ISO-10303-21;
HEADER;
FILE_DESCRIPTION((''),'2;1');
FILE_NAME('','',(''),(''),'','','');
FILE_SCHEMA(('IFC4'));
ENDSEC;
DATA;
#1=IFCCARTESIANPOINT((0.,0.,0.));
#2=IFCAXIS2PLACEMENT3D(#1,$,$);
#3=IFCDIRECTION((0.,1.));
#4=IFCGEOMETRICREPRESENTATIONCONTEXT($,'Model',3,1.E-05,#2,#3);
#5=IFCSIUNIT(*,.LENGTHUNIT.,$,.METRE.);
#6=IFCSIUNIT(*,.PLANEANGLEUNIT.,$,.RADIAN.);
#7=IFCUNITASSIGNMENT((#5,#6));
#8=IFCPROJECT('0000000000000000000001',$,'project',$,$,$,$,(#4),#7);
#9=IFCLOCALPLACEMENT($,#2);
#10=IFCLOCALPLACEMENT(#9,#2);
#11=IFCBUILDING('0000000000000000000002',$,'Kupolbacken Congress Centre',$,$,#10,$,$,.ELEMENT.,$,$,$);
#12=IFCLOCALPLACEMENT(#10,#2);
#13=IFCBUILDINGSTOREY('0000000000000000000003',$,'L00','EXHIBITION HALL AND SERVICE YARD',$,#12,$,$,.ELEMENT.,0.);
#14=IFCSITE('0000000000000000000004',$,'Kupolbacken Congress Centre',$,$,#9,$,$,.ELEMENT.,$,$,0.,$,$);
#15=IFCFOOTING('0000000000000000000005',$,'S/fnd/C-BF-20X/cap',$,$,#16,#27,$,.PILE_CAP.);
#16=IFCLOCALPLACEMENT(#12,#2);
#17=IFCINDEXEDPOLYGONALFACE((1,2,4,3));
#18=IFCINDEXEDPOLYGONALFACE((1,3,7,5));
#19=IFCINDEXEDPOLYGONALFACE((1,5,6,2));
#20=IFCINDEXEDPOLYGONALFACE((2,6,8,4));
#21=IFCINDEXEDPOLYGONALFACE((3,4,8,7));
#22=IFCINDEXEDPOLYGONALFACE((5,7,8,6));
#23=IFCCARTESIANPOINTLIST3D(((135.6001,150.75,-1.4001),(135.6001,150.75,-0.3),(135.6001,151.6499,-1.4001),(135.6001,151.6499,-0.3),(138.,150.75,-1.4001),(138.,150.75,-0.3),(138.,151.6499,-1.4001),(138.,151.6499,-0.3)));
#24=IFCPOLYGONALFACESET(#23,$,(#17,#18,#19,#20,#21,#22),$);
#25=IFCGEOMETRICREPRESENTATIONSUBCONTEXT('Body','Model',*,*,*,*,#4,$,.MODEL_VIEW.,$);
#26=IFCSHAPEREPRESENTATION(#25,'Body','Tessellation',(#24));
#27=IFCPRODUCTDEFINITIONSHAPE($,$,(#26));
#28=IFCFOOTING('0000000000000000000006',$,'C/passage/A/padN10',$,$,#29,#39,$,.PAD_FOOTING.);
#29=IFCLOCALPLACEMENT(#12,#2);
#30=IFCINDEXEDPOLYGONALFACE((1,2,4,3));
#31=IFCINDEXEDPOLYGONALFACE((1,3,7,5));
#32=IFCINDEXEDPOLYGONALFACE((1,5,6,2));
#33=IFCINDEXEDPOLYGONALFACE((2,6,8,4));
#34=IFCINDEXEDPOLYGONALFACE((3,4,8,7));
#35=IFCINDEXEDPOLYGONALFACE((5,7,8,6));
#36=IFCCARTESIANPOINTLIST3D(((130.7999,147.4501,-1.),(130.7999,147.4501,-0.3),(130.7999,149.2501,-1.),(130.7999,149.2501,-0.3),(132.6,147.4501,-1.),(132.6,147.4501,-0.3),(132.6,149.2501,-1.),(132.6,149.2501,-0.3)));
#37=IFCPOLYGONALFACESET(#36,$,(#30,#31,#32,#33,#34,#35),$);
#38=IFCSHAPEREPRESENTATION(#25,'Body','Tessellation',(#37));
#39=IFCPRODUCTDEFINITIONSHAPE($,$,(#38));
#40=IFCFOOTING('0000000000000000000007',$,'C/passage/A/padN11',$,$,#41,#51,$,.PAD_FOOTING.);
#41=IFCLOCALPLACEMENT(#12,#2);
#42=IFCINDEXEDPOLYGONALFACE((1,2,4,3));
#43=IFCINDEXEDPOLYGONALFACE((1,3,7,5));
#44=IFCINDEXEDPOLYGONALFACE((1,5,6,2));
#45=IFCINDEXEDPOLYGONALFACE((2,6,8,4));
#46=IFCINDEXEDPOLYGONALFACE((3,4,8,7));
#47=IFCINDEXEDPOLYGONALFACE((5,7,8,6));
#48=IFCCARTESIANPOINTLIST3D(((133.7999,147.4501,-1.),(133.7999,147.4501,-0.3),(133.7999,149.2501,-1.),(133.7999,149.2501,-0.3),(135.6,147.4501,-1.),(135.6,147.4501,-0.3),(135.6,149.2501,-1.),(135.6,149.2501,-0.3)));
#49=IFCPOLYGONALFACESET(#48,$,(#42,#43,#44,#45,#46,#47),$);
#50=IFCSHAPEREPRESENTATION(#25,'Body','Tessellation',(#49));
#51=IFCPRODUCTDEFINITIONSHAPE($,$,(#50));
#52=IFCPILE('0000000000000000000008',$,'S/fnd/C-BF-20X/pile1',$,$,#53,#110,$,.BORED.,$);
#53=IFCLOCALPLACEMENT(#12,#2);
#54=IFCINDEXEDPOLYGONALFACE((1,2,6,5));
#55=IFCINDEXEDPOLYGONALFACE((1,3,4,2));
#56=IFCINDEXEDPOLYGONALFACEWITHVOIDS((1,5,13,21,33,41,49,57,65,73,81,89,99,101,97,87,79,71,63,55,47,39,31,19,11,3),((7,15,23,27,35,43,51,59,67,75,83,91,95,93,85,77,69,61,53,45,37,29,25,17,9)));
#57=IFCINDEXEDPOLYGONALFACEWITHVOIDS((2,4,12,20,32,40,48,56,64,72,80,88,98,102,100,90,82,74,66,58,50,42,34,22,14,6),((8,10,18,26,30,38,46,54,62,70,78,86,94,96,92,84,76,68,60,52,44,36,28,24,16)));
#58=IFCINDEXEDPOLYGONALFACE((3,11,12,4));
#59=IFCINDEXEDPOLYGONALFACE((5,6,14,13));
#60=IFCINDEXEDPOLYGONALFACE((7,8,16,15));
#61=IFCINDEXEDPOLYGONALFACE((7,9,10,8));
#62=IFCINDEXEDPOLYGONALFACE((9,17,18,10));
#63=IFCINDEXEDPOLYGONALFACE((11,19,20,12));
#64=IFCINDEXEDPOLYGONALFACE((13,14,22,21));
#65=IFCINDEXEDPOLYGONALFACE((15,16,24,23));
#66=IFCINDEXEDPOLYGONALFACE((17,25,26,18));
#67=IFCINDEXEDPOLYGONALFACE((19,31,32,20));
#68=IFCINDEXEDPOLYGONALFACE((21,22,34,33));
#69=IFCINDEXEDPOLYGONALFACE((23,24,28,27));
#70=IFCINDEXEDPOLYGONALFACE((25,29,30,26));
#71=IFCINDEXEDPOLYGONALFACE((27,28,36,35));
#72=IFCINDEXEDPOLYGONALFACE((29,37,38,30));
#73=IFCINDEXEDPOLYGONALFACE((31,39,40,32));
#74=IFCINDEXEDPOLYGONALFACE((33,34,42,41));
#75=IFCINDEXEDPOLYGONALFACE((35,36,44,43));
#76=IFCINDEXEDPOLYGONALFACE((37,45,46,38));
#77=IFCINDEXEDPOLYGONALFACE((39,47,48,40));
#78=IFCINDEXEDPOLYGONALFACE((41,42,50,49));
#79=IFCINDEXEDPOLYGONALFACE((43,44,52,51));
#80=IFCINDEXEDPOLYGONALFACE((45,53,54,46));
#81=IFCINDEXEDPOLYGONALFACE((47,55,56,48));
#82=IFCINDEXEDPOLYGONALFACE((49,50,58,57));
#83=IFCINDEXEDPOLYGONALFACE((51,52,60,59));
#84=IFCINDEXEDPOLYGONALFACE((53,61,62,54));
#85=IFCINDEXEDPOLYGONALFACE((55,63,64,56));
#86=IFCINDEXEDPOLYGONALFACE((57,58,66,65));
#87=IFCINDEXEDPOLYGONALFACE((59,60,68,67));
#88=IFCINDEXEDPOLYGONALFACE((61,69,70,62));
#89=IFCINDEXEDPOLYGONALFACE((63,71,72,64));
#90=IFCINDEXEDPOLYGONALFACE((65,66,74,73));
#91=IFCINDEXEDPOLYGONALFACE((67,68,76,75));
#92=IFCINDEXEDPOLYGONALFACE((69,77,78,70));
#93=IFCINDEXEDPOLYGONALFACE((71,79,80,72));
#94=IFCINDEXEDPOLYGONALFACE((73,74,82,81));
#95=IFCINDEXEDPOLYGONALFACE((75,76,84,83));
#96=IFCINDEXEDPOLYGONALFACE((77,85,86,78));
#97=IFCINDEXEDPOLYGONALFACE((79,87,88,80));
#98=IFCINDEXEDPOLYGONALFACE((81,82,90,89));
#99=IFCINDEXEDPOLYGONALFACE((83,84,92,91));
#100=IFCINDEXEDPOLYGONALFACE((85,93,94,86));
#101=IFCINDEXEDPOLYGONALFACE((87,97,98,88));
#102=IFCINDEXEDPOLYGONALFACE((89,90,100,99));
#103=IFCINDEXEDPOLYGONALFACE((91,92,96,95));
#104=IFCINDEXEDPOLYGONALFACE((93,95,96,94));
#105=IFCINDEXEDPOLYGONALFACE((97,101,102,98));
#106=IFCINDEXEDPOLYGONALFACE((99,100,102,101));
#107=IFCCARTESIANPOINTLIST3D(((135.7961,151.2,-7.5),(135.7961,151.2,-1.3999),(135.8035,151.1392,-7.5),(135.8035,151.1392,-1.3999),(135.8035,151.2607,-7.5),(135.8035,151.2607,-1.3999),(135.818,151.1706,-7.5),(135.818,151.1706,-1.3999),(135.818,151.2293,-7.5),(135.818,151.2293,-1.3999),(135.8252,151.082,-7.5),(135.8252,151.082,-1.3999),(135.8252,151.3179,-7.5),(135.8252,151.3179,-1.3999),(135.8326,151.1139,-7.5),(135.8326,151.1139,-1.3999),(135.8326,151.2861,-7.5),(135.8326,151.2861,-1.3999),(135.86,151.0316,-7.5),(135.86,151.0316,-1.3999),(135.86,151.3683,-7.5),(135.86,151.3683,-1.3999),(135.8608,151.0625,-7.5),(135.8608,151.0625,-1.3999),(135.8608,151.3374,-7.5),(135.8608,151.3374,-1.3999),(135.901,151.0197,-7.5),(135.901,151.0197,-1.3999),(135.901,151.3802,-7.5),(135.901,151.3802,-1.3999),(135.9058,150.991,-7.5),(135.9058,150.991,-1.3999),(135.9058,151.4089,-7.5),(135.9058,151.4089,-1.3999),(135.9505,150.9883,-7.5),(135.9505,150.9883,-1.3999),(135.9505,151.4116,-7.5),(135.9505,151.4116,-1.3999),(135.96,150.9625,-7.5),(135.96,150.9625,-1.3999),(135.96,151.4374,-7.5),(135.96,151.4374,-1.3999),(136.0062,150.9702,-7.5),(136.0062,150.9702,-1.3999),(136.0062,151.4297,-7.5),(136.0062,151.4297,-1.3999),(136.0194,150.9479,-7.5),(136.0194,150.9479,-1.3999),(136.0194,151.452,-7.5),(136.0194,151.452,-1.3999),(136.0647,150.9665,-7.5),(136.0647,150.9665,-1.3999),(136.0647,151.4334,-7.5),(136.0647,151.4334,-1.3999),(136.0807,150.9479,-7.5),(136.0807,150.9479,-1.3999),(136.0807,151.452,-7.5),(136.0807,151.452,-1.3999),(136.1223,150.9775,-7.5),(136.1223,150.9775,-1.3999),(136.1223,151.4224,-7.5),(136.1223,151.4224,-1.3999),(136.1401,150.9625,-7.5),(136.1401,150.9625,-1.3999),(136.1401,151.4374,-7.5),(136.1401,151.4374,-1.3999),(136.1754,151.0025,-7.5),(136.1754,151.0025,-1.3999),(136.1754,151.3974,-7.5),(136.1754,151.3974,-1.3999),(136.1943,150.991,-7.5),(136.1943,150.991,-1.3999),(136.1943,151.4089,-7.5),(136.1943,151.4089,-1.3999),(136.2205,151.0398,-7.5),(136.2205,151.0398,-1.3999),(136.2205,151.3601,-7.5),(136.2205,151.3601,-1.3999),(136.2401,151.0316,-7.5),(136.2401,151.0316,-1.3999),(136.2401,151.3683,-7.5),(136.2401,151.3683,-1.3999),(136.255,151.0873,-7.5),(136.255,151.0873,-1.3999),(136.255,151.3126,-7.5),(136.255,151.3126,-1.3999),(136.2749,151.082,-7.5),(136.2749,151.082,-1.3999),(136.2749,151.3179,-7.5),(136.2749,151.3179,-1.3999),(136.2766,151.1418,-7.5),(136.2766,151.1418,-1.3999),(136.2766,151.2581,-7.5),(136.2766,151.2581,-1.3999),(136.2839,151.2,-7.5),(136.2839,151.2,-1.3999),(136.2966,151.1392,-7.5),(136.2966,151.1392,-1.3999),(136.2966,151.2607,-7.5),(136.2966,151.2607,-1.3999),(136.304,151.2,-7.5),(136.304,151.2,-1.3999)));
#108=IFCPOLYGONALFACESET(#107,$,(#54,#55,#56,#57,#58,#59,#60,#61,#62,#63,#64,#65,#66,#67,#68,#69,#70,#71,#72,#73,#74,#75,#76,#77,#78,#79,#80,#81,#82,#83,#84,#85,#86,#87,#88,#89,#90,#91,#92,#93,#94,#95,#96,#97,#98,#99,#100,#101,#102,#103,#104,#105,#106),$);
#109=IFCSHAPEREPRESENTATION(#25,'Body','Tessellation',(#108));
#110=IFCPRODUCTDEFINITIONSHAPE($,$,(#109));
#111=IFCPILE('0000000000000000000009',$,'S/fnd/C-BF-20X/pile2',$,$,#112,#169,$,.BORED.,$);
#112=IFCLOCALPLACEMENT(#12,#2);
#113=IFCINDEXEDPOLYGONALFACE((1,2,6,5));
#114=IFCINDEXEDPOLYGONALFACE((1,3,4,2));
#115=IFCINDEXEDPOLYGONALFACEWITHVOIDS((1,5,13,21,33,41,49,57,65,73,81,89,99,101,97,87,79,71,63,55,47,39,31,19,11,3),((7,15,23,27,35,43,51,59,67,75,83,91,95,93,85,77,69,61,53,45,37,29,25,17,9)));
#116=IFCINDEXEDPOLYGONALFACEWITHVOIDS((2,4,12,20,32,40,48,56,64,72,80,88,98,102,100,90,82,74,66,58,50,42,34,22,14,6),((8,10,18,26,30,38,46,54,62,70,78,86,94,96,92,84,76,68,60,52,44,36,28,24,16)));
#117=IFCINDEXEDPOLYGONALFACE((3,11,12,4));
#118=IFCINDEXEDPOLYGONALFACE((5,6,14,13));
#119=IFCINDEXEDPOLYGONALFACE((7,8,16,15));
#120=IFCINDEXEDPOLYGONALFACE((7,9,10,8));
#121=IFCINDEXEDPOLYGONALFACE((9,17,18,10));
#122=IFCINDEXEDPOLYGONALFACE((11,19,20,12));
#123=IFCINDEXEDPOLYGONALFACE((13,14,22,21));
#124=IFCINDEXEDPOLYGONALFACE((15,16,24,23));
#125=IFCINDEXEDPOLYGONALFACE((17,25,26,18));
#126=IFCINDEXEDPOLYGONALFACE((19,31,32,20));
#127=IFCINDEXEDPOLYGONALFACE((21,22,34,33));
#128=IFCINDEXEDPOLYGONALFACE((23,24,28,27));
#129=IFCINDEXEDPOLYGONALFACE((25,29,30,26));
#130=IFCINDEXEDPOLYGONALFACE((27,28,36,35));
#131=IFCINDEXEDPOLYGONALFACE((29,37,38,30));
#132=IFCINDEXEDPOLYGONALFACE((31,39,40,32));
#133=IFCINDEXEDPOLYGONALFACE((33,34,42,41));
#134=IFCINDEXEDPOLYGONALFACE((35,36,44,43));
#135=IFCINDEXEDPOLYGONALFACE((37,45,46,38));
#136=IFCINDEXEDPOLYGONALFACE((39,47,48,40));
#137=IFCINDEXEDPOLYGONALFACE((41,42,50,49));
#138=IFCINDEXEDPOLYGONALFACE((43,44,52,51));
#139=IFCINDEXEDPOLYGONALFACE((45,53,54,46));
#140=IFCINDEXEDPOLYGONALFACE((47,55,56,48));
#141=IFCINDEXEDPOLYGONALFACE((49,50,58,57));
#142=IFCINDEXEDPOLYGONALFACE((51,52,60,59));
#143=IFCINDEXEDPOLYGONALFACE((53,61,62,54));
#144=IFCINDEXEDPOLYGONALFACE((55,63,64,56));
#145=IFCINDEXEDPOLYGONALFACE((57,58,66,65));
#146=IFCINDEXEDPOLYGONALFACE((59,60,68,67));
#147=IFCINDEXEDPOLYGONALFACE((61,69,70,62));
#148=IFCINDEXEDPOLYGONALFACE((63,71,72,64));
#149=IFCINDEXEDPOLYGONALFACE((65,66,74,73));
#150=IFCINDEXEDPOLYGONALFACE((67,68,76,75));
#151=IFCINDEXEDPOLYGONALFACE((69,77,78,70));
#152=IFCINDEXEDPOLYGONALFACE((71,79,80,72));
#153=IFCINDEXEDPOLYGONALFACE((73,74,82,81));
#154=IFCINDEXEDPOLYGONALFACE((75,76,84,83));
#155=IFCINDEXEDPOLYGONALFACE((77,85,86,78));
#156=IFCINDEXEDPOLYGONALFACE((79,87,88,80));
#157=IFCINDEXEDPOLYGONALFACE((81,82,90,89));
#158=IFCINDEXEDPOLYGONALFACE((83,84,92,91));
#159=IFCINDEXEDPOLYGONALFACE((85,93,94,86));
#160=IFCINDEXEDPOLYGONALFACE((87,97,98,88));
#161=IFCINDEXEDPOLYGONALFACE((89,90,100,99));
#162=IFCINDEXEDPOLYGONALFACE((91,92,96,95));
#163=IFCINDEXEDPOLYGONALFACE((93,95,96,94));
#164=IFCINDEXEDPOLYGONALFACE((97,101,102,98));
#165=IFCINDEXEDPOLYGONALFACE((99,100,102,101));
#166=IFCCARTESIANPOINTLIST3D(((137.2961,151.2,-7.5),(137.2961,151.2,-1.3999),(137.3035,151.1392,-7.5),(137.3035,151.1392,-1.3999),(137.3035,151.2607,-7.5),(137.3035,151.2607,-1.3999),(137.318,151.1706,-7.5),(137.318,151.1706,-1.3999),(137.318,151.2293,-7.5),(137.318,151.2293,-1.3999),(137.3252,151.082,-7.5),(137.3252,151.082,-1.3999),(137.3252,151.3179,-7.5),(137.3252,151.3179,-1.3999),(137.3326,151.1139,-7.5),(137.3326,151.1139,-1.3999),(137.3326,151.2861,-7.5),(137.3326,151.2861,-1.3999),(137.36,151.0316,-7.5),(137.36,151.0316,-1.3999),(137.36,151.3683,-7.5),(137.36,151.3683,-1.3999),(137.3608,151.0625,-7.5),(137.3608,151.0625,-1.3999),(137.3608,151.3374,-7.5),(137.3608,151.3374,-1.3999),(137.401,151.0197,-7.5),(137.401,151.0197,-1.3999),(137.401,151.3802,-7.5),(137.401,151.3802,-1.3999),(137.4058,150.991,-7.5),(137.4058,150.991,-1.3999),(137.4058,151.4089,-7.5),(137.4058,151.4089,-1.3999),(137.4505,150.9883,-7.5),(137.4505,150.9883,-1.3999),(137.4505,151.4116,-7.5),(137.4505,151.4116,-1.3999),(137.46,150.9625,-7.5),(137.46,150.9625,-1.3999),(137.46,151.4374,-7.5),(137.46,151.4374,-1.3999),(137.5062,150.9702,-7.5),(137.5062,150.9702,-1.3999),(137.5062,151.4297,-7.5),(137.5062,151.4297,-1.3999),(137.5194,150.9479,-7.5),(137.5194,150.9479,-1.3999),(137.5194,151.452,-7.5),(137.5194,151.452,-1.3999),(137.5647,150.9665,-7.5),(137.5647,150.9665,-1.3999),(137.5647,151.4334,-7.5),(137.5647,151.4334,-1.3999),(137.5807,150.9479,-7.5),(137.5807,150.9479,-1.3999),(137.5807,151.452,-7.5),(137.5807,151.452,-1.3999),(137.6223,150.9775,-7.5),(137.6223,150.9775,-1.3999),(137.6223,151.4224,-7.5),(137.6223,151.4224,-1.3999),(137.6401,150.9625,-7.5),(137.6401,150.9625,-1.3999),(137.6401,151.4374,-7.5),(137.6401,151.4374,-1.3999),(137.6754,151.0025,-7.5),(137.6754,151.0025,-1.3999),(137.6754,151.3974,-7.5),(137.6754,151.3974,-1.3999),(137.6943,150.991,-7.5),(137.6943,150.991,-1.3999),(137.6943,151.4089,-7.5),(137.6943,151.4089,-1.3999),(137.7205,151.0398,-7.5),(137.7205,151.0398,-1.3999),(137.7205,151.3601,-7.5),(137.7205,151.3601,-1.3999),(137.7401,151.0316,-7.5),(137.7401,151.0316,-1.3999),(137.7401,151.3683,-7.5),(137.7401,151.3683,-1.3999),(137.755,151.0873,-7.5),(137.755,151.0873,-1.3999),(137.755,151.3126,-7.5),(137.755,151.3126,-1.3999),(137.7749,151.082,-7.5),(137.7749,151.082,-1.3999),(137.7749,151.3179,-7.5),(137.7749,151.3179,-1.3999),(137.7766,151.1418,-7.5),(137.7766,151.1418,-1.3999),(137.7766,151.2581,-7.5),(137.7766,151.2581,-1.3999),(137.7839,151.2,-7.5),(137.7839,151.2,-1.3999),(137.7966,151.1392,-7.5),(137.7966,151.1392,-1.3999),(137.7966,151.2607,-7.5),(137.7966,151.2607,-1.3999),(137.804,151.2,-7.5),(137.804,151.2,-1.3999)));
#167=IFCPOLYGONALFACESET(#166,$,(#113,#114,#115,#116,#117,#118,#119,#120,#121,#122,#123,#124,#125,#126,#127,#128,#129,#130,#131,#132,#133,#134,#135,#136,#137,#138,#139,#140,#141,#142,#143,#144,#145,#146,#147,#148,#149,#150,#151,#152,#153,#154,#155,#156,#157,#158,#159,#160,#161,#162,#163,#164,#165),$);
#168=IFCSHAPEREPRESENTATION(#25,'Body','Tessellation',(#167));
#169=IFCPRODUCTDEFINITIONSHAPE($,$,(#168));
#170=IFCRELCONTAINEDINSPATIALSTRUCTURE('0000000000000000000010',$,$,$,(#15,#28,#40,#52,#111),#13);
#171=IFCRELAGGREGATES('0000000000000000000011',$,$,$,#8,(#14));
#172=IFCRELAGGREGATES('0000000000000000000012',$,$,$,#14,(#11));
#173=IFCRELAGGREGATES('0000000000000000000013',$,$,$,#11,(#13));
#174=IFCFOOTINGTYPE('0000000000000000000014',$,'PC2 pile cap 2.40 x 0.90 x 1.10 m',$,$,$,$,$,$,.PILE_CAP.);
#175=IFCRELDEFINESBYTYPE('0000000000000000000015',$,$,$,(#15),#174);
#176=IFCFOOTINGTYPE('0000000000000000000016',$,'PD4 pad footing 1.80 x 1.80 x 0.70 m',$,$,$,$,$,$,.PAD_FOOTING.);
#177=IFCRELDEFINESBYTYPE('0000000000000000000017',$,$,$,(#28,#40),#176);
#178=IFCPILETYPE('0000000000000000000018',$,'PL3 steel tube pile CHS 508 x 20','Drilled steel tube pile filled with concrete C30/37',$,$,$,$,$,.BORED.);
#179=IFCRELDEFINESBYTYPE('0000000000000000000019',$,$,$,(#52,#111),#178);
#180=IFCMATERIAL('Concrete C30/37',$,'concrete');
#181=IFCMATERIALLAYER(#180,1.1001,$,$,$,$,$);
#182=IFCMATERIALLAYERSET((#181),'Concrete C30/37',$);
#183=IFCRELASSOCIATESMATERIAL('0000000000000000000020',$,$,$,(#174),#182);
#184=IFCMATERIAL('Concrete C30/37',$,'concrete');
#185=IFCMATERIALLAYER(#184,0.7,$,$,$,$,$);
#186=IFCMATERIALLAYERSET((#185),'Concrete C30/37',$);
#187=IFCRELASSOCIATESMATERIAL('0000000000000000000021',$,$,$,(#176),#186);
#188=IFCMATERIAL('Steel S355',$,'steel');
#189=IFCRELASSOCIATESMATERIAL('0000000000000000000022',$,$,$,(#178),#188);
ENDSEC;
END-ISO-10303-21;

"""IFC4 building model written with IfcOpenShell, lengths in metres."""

from ifc_helpers import new_model, si_unit, direction, frame, origin, origin_2d, place, context, subcontext, project, spatial, rectangle, hollow_circle, extrude, material, layer, layer_set, material_profile, profile_set, type_object, element, save


model = new_model("IFC4")

# Units and contexts
model_context = context("Model", 3, precision=1e-05, world=origin(), true_north=direction((0.0, 1.0)))
body_context = subcontext(model_context, "Body", "Model", "MODEL_VIEW")
ifc_project = project(units=[si_unit("LENGTHUNIT", "METRE"), si_unit("PLANEANGLEUNIT", "RADIAN")], contexts=[model_context])

# Site, building, storey
site_placement = place(None, origin())
site = spatial("IfcSite", under=ifc_project, at=site_placement, Name="Kupolbacken Congress Centre", CompositionType="ELEMENT", RefElevation=0.0)
building_placement = place(site_placement, origin())
building = spatial("IfcBuilding", under=site, at=building_placement, Name="Kupolbacken Congress Centre", CompositionType="ELEMENT")
storey_placement = place(building_placement, origin())
storey = spatial("IfcBuildingStorey", under=building, at=storey_placement, Name="L00", Description="EXHIBITION HALL AND SERVICE YARD", CompositionType="ELEMENT", Elevation=0.0)

# Footings
ifc_material_1 = material(Name="Concrete C30/37", Category="concrete")
ifc_layer_1 = layer(ifc_material_1, 1.1001)
ifc_layer_set_1 = layer_set([ifc_layer_1], Name="Concrete C30/37")
footing_type_1 = type_object("IfcFootingType", Name="PC2 pile cap 2.40 x 0.90 x 1.10 m", PredefinedType="PILE_CAP", material=ifc_layer_set_1)
footing_1_placement = place(storey_placement, frame((136.8, 151.2, -1.4001), z_axis=(0.0, 0.0, 1.0), x_axis=(1.0, 0.0, 0.0)))
element("IfcFooting", 1, at=footing_1_placement, inside=storey, type_object=footing_type_1, Name="S/fnd/C-BF-20X/cap", PredefinedType="PILE_CAP", context=body_context, shape_type="SweptSolid", body=[
    extrude(rectangle(XDim=2.3999, YDim=0.8999, at=origin_2d()), origin(), (0.0, 0.0, 1.0), 1.1001),
])
ifc_material_2 = material(Name="Concrete C30/37", Category="concrete")
ifc_layer_2 = layer(ifc_material_2, 0.7)
ifc_layer_set_2 = layer_set([ifc_layer_2], Name="Concrete C30/37")
footing_type_2 = type_object("IfcFootingType", Name="PD4 pad footing 1.80 x 1.80 x 0.70 m", PredefinedType="PAD_FOOTING", material=ifc_layer_set_2)
for number, where, z_axis, x_axis, name in (
    (2, (131.7, 148.3501, -1.0), (0.0, 0.0, 1.0), (1.0, 0.0, 0.0), "C/passage/A/padN10"),
    (3, (134.7, 148.3501, -1.0), (0.0, 0.0, 1.0), (1.0, 0.0, 0.0), "C/passage/A/padN11"),
):
    element("IfcFooting", number, at=place(storey_placement, frame(where, z_axis=z_axis, x_axis=x_axis)), inside=storey, type_object=footing_type_2, Name=name, PredefinedType="PAD_FOOTING", context=body_context, shape_type="SweptSolid", body=[
        extrude(rectangle(XDim=1.8, YDim=1.8, at=origin_2d()), origin(), (0.0, 0.0, 1.0), 0.7),
    ])

# Piles
ifc_material_3 = material(Name="Steel S355", Category="steel")
ifc_material_profile_1 = material_profile(ifc_material_3, hollow_circle(Radius=0.2539, WallThickness=0.02, at=origin_2d()), Name="CHS 508 x 20")
ifc_profile_set_1 = profile_set([ifc_material_profile_1], Name="Steel S355")
pile_type = type_object("IfcPileType", Name="PL3 steel tube pile CHS 508 x 20", Description="Drilled steel tube pile filled with concrete C30/37", PredefinedType="BORED", material=ifc_profile_set_1)
for number, where, z_axis, x_axis, name in (
    (4, (136.05, 151.2, -1.3999), (0.0, 0.0, -1.0), (1.0, 0.0, 0.0), "S/fnd/C-BF-20X/pile1"),
    (5, (137.55, 151.2, -1.3999), (0.0, 0.0, -1.0), (1.0, 0.0, 0.0), "S/fnd/C-BF-20X/pile2"),
):
    element("IfcPile", number, at=place(storey_placement, frame(where, z_axis=z_axis, x_axis=x_axis)), inside=storey, type_object=pile_type, Name=name, PredefinedType="BORED", context=body_context, shape_type="SweptSolid", body=[
        extrude(hollow_circle(Radius=0.2539, WallThickness=0.02, at=origin_2d()), origin(), (0.0, 0.0, 1.0), 6.1001),
    ])

save(model, "model.ifc")
